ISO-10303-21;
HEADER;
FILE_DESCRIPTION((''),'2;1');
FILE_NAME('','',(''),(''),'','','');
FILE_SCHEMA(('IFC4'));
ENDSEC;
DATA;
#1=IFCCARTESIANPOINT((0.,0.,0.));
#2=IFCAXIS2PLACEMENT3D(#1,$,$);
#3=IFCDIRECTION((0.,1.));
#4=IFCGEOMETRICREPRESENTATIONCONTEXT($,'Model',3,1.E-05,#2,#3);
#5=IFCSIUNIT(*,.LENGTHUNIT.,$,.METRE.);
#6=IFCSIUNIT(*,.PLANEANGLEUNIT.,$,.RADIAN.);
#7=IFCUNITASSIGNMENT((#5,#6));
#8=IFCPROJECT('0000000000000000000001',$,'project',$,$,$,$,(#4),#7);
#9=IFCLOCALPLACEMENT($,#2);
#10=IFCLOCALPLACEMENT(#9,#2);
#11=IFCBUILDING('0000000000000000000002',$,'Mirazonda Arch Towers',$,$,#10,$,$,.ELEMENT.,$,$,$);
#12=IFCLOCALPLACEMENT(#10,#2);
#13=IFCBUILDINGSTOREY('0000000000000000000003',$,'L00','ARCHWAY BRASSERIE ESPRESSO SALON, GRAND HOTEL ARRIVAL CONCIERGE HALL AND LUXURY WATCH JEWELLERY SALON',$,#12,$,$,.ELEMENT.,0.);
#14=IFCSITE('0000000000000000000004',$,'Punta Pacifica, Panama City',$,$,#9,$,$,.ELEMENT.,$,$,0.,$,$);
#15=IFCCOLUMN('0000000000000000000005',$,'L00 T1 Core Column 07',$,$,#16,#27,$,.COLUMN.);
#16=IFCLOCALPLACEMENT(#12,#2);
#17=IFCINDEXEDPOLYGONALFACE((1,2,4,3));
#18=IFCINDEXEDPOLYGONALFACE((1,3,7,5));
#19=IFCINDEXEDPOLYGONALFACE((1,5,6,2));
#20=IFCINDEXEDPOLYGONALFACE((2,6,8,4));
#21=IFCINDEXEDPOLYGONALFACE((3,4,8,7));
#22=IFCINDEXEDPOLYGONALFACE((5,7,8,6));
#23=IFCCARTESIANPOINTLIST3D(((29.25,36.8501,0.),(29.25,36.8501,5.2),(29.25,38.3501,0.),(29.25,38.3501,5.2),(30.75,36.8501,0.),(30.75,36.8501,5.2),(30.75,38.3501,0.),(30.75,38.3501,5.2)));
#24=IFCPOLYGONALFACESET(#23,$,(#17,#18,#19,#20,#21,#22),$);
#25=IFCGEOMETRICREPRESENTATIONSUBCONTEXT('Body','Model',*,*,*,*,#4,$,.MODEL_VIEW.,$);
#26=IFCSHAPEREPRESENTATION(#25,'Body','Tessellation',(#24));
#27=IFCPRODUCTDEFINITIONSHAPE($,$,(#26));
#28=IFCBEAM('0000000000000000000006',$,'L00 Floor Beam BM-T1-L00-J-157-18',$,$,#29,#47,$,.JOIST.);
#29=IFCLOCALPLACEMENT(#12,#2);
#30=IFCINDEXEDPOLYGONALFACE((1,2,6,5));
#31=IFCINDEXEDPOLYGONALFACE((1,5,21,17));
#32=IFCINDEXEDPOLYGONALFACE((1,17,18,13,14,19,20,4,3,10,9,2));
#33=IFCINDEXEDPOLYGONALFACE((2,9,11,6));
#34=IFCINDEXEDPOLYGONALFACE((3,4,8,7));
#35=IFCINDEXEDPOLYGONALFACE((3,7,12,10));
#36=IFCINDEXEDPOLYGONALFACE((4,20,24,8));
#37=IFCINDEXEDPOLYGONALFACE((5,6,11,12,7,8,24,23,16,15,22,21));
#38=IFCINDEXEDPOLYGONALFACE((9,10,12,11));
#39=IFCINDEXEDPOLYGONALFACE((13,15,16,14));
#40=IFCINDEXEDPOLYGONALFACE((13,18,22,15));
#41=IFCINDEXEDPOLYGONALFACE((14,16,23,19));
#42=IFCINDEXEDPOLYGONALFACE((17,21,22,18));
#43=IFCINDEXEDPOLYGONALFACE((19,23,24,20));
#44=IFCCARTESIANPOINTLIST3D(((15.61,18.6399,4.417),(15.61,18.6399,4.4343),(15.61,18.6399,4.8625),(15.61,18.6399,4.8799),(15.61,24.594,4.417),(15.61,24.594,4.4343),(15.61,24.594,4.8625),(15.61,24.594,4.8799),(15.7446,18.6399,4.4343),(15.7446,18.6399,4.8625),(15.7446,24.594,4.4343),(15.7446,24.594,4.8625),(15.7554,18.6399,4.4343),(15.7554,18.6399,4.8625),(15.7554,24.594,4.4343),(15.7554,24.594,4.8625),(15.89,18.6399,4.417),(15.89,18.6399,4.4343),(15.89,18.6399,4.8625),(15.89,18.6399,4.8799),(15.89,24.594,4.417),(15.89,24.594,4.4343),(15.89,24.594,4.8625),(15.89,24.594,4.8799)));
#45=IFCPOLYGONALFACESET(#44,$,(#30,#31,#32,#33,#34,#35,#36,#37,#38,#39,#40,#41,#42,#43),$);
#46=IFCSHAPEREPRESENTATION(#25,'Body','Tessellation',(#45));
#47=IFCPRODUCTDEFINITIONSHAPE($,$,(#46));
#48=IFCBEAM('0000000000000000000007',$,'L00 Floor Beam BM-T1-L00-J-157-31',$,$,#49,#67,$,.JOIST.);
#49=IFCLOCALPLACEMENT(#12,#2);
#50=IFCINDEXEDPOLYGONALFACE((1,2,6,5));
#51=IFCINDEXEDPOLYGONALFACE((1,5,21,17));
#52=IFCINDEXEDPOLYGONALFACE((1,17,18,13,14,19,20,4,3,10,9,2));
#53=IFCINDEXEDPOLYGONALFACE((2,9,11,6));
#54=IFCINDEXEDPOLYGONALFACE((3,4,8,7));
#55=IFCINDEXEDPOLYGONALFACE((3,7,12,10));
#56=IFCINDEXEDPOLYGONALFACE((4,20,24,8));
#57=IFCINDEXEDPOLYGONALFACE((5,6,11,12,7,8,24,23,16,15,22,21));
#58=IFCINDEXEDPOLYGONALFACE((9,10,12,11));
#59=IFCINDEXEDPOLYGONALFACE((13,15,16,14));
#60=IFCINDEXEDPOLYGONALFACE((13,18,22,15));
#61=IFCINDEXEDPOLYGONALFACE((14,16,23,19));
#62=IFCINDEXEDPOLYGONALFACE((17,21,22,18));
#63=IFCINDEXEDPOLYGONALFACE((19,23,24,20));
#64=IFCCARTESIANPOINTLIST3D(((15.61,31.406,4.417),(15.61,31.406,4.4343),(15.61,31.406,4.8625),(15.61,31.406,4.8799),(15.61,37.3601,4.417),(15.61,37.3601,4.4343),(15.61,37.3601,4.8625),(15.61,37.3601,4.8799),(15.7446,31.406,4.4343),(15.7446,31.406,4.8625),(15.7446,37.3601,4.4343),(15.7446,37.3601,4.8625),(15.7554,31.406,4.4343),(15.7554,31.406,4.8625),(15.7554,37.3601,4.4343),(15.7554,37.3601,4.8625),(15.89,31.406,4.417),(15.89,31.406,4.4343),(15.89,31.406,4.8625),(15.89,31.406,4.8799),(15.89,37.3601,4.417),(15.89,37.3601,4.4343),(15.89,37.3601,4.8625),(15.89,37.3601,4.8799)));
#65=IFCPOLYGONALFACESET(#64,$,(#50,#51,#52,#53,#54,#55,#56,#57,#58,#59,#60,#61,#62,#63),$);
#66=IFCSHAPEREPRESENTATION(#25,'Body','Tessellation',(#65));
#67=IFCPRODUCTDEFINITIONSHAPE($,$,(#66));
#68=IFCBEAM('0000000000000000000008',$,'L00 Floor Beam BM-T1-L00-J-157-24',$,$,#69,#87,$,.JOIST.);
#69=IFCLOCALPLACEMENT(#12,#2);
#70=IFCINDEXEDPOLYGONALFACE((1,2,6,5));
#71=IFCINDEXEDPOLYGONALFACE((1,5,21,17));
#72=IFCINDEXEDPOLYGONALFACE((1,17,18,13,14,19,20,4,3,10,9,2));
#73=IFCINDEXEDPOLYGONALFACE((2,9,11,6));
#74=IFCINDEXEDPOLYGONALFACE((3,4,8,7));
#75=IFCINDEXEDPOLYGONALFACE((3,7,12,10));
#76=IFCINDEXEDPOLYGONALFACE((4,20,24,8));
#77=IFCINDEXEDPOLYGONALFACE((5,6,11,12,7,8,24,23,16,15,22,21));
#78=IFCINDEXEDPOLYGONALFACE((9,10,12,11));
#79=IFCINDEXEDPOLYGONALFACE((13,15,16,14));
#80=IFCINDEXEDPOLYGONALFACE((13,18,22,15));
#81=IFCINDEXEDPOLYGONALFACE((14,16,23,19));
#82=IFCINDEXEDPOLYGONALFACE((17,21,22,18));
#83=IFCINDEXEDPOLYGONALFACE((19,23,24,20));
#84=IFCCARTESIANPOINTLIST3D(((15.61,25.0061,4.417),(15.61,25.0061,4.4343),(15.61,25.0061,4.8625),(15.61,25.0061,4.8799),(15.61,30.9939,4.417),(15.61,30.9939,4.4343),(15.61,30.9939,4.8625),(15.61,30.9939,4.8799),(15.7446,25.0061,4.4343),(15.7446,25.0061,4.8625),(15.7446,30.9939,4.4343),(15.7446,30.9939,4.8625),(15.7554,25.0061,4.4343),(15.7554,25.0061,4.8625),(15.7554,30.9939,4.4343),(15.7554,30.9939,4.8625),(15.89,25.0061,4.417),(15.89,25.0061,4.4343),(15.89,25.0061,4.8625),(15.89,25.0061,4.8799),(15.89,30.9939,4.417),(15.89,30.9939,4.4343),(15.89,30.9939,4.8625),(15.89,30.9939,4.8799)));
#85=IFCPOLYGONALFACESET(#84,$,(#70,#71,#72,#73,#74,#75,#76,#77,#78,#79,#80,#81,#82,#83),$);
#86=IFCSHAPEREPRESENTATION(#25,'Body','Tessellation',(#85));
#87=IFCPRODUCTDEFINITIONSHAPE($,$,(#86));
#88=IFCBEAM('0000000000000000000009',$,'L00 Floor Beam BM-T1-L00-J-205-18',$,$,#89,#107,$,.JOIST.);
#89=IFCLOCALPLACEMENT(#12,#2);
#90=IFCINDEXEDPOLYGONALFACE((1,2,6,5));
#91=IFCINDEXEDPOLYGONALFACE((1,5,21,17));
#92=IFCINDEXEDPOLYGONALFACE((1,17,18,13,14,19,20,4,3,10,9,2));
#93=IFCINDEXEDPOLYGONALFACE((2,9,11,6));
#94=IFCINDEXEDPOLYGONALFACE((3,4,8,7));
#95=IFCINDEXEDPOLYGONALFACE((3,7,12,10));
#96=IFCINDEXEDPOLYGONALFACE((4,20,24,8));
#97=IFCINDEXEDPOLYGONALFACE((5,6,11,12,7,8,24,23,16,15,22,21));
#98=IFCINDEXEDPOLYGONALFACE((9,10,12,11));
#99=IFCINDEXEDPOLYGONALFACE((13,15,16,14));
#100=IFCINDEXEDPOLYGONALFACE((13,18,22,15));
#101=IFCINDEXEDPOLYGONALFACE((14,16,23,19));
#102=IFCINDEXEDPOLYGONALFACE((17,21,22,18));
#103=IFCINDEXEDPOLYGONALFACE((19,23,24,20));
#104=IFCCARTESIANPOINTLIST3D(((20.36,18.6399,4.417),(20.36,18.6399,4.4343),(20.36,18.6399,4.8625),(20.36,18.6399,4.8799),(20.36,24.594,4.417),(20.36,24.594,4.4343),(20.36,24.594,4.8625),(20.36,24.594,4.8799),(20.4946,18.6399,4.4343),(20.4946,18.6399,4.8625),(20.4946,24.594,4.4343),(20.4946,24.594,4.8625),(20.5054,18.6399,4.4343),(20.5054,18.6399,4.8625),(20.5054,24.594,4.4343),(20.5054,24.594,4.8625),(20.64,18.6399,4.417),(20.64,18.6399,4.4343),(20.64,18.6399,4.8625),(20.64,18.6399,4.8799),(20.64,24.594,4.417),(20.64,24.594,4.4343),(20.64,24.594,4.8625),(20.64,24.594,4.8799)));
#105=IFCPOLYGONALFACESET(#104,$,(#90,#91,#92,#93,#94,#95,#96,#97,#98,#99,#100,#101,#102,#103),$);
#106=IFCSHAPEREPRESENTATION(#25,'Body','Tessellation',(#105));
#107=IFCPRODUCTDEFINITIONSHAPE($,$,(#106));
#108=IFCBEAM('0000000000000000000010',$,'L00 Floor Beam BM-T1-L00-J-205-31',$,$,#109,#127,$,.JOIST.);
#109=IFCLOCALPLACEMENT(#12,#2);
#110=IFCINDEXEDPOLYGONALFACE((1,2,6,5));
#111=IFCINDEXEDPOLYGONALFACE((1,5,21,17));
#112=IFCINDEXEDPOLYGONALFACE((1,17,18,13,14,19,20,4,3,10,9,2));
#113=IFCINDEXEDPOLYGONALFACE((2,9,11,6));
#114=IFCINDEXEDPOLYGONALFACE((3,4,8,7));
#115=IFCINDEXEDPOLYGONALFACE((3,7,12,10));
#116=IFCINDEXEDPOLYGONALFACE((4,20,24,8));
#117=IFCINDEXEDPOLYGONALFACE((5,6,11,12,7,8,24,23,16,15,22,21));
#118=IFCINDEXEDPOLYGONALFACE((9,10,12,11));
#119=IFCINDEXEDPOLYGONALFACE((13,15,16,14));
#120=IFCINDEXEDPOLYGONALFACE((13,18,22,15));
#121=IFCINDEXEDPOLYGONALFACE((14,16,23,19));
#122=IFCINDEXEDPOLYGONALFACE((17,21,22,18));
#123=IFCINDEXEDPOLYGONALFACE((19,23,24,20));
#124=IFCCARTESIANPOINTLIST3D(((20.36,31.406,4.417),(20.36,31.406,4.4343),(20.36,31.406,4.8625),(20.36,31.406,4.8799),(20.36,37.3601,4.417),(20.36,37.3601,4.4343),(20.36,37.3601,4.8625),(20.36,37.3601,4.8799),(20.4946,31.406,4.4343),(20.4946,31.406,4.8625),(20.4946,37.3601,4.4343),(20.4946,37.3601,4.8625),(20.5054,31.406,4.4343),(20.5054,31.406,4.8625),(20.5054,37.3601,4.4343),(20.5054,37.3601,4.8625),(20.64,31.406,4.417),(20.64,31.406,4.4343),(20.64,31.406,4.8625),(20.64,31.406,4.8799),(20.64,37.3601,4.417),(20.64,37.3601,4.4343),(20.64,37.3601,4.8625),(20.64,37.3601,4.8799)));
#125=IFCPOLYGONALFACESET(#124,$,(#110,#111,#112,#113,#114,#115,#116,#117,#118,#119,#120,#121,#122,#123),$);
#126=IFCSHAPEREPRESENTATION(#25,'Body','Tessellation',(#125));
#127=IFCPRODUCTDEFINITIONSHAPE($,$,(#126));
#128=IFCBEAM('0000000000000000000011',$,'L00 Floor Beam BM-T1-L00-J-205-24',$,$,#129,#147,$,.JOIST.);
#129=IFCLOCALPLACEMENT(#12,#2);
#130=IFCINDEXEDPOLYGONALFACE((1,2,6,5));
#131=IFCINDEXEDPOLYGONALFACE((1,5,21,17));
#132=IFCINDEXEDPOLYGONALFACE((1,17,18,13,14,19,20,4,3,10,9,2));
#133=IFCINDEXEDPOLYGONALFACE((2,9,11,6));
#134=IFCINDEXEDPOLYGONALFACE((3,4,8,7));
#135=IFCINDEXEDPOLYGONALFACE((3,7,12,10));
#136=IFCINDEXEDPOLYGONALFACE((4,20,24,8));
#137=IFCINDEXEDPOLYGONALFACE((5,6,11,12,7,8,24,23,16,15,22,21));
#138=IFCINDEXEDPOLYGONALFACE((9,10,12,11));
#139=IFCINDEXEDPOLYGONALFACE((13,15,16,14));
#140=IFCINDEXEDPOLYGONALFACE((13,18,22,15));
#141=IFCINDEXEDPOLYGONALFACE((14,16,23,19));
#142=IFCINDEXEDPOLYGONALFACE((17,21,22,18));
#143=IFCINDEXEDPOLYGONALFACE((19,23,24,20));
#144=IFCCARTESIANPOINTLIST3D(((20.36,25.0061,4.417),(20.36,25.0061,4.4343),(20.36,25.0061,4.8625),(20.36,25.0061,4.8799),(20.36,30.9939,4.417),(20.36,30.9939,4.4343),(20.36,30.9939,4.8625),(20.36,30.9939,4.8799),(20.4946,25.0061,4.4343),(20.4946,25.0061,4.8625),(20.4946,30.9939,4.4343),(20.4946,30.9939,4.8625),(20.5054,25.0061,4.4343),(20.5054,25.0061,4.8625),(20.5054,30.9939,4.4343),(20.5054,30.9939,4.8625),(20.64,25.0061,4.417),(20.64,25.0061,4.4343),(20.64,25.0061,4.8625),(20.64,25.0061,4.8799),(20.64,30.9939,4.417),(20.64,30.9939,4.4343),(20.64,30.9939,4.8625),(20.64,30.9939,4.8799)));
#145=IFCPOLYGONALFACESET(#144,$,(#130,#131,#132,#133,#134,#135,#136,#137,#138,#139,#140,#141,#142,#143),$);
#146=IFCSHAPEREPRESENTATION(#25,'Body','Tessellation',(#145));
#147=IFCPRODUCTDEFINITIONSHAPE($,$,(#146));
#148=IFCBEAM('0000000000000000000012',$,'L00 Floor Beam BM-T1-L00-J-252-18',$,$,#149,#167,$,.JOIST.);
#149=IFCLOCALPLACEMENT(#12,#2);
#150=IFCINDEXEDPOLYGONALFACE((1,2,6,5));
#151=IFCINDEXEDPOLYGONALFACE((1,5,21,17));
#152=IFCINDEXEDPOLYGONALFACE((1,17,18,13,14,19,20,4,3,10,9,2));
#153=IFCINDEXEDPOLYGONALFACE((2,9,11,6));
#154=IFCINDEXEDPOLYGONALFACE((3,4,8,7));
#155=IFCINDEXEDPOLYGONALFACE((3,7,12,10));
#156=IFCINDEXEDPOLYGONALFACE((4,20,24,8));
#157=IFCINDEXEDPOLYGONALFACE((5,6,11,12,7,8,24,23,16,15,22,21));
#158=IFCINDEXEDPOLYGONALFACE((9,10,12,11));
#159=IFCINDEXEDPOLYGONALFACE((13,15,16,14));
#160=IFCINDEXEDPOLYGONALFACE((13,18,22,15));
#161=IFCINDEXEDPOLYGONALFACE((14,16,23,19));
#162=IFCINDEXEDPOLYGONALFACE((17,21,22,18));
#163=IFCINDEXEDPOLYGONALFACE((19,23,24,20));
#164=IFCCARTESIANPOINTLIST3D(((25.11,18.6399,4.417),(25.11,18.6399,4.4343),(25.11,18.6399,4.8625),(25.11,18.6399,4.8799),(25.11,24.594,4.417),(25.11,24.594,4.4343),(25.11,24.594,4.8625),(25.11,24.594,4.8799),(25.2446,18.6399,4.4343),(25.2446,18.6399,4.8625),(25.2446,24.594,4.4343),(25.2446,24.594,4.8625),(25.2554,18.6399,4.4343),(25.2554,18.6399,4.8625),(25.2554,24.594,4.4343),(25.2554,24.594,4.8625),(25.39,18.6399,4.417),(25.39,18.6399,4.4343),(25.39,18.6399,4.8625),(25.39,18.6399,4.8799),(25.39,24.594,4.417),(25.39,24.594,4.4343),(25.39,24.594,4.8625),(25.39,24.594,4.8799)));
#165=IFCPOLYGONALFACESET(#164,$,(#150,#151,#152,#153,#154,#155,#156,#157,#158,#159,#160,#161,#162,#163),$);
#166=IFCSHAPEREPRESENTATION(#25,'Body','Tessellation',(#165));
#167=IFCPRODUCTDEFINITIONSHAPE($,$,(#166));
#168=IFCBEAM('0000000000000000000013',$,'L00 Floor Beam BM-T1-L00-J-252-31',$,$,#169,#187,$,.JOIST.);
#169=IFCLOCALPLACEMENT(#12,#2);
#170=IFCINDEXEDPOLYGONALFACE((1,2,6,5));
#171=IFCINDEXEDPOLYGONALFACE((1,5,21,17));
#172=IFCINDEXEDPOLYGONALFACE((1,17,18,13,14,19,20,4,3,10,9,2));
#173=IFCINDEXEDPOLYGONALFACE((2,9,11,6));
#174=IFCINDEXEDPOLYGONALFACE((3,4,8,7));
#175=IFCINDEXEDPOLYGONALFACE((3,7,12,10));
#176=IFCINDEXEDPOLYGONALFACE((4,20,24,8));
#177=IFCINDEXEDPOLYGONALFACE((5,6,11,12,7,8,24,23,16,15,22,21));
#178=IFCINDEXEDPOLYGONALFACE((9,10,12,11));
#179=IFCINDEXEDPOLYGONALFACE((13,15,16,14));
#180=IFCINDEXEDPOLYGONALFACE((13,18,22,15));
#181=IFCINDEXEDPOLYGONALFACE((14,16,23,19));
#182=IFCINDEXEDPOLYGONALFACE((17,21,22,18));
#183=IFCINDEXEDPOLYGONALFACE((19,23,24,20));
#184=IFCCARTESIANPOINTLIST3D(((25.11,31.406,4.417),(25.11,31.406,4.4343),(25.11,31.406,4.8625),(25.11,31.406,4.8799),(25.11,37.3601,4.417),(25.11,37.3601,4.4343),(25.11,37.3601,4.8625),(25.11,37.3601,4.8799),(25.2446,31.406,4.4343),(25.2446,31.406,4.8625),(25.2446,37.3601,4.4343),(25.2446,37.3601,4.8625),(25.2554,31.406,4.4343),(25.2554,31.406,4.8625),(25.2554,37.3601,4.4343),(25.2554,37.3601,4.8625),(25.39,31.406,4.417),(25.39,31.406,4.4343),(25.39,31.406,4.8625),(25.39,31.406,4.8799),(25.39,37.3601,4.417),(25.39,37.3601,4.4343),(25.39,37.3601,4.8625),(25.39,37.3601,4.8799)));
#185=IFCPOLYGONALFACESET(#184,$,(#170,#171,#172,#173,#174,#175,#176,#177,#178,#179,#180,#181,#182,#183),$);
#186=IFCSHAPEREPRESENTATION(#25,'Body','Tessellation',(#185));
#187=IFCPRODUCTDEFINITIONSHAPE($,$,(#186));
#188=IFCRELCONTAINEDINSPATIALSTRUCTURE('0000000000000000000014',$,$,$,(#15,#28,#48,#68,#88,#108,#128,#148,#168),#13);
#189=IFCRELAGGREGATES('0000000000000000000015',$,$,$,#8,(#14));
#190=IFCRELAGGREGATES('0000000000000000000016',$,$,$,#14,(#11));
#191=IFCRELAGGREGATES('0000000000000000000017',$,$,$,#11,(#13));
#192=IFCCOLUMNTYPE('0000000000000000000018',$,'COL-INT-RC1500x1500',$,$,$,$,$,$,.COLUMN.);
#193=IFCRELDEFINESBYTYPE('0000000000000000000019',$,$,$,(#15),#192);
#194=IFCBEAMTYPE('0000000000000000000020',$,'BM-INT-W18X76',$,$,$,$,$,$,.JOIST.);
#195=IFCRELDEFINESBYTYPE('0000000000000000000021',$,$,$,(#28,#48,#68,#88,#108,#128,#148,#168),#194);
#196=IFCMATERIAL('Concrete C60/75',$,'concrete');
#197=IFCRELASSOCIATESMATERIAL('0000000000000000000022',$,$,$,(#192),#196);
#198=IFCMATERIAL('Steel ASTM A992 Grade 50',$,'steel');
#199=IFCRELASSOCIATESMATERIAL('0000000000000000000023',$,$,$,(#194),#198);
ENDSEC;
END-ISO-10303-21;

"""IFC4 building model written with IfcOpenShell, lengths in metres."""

from ifc_helpers import new_model, si_unit, direction, frame, origin, origin_2d, place, context, subcontext, project, spatial, rectangle, i_section, extrude, material, material_profile, profile_set, type_object, element, save


model = new_model("IFC4")

# Units and contexts
model_context = context("Model", 3, precision=1e-05, world=origin(), true_north=direction((0.0, 1.0)))
body_context = subcontext(model_context, "Body", "Model", "MODEL_VIEW")
ifc_project = project(units=[si_unit("LENGTHUNIT", "METRE"), si_unit("PLANEANGLEUNIT", "RADIAN")], contexts=[model_context])

# Site, building, storey
site_placement = place(None, origin())
site = spatial("IfcSite", under=ifc_project, at=site_placement, Name="Punta Pacifica, Panama City", CompositionType="ELEMENT", RefElevation=0.0)
building_placement = place(site_placement, origin())
building = spatial("IfcBuilding", under=site, at=building_placement, Name="Mirazonda Arch Towers", CompositionType="ELEMENT")
storey_placement = place(building_placement, origin())
storey = spatial("IfcBuildingStorey", under=building, at=storey_placement, Name="L00", Description="ARCHWAY BRASSERIE ESPRESSO SALON, GRAND HOTEL ARRIVAL CONCIERGE HALL AND LUXURY WATCH JEWELLERY SALON", CompositionType="ELEMENT", Elevation=0.0)

# Column
ifc_material_1 = material(Name="Concrete C60/75", Category="concrete")
ifc_material_profile_1 = material_profile(ifc_material_1, rectangle(XDim=1.5, YDim=1.5, at=origin_2d()), Name="RC1500x1500")
ifc_profile_set_1 = profile_set([ifc_material_profile_1], Name="Concrete C60/75")
column_type = type_object("IfcColumnType", Name="COL-INT-RC1500x1500", PredefinedType="COLUMN", material=ifc_profile_set_1)
column_placement = place(storey_placement, frame((30.0, 37.6001, 0.0), z_axis=(0.0, 0.0, 1.0), x_axis=(1.0, 0.0, 0.0)))
element("IfcColumn", 1, at=column_placement, inside=storey, type_object=column_type, Name="L00 T1 Core Column 07", PredefinedType="COLUMN", context=body_context, shape_type="SweptSolid", body=[
    extrude(rectangle(XDim=1.5, YDim=1.5, at=origin_2d()), origin(), (0.0, 0.0, 1.0), 5.2),
])

# Beams
ifc_material_2 = material(Name="Steel ASTM A992 Grade 50", Category="steel")
ifc_material_profile_2 = material_profile(ifc_material_2, i_section(OverallWidth=0.28, OverallDepth=0.4629, WebThickness=0.0107, FlangeThickness=0.0173, at=origin_2d()), Name="W18X76")
ifc_profile_set_2 = profile_set([ifc_material_profile_2], Name="Steel ASTM A992 Grade 50")
beam_type = type_object("IfcBeamType", Name="BM-INT-W18X76", PredefinedType="JOIST", material=ifc_profile_set_2)
for number, where, z_axis, x_axis, name in (
    (2, (15.75, 18.6399, 4.6484), (0.0, 1.0, 0.0), (-1.0, 0.0, 0.0), "L00 Floor Beam BM-T1-L00-J-157-18"),
    (3, (15.75, 31.406, 4.6484), (0.0, 1.0, 0.0), (-1.0, 0.0, 0.0), "L00 Floor Beam BM-T1-L00-J-157-31"),
):
    element("IfcBeam", number, at=place(storey_placement, frame(where, z_axis=z_axis, x_axis=x_axis)), inside=storey, type_object=beam_type, Name=name, PredefinedType="JOIST", context=body_context, shape_type="SweptSolid", body=[
        extrude(i_section(OverallWidth=0.28, OverallDepth=0.4629, WebThickness=0.0107, FlangeThickness=0.0173, at=origin_2d()), origin(), (0.0, 0.0, 1.0), 5.9541),
    ])
beam_1_placement = place(storey_placement, frame((15.75, 25.0061, 4.6484), z_axis=(0.0, 1.0, 0.0), x_axis=(-1.0, 0.0, 0.0)))
element("IfcBeam", 4, at=beam_1_placement, inside=storey, type_object=beam_type, Name="L00 Floor Beam BM-T1-L00-J-157-24", PredefinedType="JOIST", context=body_context, shape_type="SweptSolid", body=[
    extrude(i_section(OverallWidth=0.28, OverallDepth=0.4629, WebThickness=0.0107, FlangeThickness=0.0173, at=origin_2d()), origin(), (0.0, 0.0, 1.0), 5.9878),
])
for number, where, z_axis, x_axis, name in (
    (5, (20.5, 18.6399, 4.6484), (0.0, 1.0, 0.0), (-1.0, 0.0, 0.0), "L00 Floor Beam BM-T1-L00-J-205-18"),
    (6, (20.5, 31.406, 4.6484), (0.0, 1.0, 0.0), (-1.0, 0.0, 0.0), "L00 Floor Beam BM-T1-L00-J-205-31"),
):
    element("IfcBeam", number, at=place(storey_placement, frame(where, z_axis=z_axis, x_axis=x_axis)), inside=storey, type_object=beam_type, Name=name, PredefinedType="JOIST", context=body_context, shape_type="SweptSolid", body=[
        extrude(i_section(OverallWidth=0.28, OverallDepth=0.4629, WebThickness=0.0107, FlangeThickness=0.0173, at=origin_2d()), origin(), (0.0, 0.0, 1.0), 5.9541),
    ])
beam_2_placement = place(storey_placement, frame((20.5, 25.0061, 4.6484), z_axis=(0.0, 1.0, 0.0), x_axis=(-1.0, 0.0, 0.0)))
element("IfcBeam", 7, at=beam_2_placement, inside=storey, type_object=beam_type, Name="L00 Floor Beam BM-T1-L00-J-205-24", PredefinedType="JOIST", context=body_context, shape_type="SweptSolid", body=[
    extrude(i_section(OverallWidth=0.28, OverallDepth=0.4629, WebThickness=0.0107, FlangeThickness=0.0173, at=origin_2d()), origin(), (0.0, 0.0, 1.0), 5.9878),
])
for number, where, z_axis, x_axis, name in (
    (8, (25.25, 18.6399, 4.6484), (0.0, 1.0, 0.0), (-1.0, 0.0, 0.0), "L00 Floor Beam BM-T1-L00-J-252-18"),
    (9, (25.25, 31.406, 4.6484), (0.0, 1.0, 0.0), (-1.0, 0.0, 0.0), "L00 Floor Beam BM-T1-L00-J-252-31"),
):
    element("IfcBeam", number, at=place(storey_placement, frame(where, z_axis=z_axis, x_axis=x_axis)), inside=storey, type_object=beam_type, Name=name, PredefinedType="JOIST", context=body_context, shape_type="SweptSolid", body=[
        extrude(i_section(OverallWidth=0.28, OverallDepth=0.4629, WebThickness=0.0107, FlangeThickness=0.0173, at=origin_2d()), origin(), (0.0, 0.0, 1.0), 5.9541),
    ])

save(model, "model.ifc")
